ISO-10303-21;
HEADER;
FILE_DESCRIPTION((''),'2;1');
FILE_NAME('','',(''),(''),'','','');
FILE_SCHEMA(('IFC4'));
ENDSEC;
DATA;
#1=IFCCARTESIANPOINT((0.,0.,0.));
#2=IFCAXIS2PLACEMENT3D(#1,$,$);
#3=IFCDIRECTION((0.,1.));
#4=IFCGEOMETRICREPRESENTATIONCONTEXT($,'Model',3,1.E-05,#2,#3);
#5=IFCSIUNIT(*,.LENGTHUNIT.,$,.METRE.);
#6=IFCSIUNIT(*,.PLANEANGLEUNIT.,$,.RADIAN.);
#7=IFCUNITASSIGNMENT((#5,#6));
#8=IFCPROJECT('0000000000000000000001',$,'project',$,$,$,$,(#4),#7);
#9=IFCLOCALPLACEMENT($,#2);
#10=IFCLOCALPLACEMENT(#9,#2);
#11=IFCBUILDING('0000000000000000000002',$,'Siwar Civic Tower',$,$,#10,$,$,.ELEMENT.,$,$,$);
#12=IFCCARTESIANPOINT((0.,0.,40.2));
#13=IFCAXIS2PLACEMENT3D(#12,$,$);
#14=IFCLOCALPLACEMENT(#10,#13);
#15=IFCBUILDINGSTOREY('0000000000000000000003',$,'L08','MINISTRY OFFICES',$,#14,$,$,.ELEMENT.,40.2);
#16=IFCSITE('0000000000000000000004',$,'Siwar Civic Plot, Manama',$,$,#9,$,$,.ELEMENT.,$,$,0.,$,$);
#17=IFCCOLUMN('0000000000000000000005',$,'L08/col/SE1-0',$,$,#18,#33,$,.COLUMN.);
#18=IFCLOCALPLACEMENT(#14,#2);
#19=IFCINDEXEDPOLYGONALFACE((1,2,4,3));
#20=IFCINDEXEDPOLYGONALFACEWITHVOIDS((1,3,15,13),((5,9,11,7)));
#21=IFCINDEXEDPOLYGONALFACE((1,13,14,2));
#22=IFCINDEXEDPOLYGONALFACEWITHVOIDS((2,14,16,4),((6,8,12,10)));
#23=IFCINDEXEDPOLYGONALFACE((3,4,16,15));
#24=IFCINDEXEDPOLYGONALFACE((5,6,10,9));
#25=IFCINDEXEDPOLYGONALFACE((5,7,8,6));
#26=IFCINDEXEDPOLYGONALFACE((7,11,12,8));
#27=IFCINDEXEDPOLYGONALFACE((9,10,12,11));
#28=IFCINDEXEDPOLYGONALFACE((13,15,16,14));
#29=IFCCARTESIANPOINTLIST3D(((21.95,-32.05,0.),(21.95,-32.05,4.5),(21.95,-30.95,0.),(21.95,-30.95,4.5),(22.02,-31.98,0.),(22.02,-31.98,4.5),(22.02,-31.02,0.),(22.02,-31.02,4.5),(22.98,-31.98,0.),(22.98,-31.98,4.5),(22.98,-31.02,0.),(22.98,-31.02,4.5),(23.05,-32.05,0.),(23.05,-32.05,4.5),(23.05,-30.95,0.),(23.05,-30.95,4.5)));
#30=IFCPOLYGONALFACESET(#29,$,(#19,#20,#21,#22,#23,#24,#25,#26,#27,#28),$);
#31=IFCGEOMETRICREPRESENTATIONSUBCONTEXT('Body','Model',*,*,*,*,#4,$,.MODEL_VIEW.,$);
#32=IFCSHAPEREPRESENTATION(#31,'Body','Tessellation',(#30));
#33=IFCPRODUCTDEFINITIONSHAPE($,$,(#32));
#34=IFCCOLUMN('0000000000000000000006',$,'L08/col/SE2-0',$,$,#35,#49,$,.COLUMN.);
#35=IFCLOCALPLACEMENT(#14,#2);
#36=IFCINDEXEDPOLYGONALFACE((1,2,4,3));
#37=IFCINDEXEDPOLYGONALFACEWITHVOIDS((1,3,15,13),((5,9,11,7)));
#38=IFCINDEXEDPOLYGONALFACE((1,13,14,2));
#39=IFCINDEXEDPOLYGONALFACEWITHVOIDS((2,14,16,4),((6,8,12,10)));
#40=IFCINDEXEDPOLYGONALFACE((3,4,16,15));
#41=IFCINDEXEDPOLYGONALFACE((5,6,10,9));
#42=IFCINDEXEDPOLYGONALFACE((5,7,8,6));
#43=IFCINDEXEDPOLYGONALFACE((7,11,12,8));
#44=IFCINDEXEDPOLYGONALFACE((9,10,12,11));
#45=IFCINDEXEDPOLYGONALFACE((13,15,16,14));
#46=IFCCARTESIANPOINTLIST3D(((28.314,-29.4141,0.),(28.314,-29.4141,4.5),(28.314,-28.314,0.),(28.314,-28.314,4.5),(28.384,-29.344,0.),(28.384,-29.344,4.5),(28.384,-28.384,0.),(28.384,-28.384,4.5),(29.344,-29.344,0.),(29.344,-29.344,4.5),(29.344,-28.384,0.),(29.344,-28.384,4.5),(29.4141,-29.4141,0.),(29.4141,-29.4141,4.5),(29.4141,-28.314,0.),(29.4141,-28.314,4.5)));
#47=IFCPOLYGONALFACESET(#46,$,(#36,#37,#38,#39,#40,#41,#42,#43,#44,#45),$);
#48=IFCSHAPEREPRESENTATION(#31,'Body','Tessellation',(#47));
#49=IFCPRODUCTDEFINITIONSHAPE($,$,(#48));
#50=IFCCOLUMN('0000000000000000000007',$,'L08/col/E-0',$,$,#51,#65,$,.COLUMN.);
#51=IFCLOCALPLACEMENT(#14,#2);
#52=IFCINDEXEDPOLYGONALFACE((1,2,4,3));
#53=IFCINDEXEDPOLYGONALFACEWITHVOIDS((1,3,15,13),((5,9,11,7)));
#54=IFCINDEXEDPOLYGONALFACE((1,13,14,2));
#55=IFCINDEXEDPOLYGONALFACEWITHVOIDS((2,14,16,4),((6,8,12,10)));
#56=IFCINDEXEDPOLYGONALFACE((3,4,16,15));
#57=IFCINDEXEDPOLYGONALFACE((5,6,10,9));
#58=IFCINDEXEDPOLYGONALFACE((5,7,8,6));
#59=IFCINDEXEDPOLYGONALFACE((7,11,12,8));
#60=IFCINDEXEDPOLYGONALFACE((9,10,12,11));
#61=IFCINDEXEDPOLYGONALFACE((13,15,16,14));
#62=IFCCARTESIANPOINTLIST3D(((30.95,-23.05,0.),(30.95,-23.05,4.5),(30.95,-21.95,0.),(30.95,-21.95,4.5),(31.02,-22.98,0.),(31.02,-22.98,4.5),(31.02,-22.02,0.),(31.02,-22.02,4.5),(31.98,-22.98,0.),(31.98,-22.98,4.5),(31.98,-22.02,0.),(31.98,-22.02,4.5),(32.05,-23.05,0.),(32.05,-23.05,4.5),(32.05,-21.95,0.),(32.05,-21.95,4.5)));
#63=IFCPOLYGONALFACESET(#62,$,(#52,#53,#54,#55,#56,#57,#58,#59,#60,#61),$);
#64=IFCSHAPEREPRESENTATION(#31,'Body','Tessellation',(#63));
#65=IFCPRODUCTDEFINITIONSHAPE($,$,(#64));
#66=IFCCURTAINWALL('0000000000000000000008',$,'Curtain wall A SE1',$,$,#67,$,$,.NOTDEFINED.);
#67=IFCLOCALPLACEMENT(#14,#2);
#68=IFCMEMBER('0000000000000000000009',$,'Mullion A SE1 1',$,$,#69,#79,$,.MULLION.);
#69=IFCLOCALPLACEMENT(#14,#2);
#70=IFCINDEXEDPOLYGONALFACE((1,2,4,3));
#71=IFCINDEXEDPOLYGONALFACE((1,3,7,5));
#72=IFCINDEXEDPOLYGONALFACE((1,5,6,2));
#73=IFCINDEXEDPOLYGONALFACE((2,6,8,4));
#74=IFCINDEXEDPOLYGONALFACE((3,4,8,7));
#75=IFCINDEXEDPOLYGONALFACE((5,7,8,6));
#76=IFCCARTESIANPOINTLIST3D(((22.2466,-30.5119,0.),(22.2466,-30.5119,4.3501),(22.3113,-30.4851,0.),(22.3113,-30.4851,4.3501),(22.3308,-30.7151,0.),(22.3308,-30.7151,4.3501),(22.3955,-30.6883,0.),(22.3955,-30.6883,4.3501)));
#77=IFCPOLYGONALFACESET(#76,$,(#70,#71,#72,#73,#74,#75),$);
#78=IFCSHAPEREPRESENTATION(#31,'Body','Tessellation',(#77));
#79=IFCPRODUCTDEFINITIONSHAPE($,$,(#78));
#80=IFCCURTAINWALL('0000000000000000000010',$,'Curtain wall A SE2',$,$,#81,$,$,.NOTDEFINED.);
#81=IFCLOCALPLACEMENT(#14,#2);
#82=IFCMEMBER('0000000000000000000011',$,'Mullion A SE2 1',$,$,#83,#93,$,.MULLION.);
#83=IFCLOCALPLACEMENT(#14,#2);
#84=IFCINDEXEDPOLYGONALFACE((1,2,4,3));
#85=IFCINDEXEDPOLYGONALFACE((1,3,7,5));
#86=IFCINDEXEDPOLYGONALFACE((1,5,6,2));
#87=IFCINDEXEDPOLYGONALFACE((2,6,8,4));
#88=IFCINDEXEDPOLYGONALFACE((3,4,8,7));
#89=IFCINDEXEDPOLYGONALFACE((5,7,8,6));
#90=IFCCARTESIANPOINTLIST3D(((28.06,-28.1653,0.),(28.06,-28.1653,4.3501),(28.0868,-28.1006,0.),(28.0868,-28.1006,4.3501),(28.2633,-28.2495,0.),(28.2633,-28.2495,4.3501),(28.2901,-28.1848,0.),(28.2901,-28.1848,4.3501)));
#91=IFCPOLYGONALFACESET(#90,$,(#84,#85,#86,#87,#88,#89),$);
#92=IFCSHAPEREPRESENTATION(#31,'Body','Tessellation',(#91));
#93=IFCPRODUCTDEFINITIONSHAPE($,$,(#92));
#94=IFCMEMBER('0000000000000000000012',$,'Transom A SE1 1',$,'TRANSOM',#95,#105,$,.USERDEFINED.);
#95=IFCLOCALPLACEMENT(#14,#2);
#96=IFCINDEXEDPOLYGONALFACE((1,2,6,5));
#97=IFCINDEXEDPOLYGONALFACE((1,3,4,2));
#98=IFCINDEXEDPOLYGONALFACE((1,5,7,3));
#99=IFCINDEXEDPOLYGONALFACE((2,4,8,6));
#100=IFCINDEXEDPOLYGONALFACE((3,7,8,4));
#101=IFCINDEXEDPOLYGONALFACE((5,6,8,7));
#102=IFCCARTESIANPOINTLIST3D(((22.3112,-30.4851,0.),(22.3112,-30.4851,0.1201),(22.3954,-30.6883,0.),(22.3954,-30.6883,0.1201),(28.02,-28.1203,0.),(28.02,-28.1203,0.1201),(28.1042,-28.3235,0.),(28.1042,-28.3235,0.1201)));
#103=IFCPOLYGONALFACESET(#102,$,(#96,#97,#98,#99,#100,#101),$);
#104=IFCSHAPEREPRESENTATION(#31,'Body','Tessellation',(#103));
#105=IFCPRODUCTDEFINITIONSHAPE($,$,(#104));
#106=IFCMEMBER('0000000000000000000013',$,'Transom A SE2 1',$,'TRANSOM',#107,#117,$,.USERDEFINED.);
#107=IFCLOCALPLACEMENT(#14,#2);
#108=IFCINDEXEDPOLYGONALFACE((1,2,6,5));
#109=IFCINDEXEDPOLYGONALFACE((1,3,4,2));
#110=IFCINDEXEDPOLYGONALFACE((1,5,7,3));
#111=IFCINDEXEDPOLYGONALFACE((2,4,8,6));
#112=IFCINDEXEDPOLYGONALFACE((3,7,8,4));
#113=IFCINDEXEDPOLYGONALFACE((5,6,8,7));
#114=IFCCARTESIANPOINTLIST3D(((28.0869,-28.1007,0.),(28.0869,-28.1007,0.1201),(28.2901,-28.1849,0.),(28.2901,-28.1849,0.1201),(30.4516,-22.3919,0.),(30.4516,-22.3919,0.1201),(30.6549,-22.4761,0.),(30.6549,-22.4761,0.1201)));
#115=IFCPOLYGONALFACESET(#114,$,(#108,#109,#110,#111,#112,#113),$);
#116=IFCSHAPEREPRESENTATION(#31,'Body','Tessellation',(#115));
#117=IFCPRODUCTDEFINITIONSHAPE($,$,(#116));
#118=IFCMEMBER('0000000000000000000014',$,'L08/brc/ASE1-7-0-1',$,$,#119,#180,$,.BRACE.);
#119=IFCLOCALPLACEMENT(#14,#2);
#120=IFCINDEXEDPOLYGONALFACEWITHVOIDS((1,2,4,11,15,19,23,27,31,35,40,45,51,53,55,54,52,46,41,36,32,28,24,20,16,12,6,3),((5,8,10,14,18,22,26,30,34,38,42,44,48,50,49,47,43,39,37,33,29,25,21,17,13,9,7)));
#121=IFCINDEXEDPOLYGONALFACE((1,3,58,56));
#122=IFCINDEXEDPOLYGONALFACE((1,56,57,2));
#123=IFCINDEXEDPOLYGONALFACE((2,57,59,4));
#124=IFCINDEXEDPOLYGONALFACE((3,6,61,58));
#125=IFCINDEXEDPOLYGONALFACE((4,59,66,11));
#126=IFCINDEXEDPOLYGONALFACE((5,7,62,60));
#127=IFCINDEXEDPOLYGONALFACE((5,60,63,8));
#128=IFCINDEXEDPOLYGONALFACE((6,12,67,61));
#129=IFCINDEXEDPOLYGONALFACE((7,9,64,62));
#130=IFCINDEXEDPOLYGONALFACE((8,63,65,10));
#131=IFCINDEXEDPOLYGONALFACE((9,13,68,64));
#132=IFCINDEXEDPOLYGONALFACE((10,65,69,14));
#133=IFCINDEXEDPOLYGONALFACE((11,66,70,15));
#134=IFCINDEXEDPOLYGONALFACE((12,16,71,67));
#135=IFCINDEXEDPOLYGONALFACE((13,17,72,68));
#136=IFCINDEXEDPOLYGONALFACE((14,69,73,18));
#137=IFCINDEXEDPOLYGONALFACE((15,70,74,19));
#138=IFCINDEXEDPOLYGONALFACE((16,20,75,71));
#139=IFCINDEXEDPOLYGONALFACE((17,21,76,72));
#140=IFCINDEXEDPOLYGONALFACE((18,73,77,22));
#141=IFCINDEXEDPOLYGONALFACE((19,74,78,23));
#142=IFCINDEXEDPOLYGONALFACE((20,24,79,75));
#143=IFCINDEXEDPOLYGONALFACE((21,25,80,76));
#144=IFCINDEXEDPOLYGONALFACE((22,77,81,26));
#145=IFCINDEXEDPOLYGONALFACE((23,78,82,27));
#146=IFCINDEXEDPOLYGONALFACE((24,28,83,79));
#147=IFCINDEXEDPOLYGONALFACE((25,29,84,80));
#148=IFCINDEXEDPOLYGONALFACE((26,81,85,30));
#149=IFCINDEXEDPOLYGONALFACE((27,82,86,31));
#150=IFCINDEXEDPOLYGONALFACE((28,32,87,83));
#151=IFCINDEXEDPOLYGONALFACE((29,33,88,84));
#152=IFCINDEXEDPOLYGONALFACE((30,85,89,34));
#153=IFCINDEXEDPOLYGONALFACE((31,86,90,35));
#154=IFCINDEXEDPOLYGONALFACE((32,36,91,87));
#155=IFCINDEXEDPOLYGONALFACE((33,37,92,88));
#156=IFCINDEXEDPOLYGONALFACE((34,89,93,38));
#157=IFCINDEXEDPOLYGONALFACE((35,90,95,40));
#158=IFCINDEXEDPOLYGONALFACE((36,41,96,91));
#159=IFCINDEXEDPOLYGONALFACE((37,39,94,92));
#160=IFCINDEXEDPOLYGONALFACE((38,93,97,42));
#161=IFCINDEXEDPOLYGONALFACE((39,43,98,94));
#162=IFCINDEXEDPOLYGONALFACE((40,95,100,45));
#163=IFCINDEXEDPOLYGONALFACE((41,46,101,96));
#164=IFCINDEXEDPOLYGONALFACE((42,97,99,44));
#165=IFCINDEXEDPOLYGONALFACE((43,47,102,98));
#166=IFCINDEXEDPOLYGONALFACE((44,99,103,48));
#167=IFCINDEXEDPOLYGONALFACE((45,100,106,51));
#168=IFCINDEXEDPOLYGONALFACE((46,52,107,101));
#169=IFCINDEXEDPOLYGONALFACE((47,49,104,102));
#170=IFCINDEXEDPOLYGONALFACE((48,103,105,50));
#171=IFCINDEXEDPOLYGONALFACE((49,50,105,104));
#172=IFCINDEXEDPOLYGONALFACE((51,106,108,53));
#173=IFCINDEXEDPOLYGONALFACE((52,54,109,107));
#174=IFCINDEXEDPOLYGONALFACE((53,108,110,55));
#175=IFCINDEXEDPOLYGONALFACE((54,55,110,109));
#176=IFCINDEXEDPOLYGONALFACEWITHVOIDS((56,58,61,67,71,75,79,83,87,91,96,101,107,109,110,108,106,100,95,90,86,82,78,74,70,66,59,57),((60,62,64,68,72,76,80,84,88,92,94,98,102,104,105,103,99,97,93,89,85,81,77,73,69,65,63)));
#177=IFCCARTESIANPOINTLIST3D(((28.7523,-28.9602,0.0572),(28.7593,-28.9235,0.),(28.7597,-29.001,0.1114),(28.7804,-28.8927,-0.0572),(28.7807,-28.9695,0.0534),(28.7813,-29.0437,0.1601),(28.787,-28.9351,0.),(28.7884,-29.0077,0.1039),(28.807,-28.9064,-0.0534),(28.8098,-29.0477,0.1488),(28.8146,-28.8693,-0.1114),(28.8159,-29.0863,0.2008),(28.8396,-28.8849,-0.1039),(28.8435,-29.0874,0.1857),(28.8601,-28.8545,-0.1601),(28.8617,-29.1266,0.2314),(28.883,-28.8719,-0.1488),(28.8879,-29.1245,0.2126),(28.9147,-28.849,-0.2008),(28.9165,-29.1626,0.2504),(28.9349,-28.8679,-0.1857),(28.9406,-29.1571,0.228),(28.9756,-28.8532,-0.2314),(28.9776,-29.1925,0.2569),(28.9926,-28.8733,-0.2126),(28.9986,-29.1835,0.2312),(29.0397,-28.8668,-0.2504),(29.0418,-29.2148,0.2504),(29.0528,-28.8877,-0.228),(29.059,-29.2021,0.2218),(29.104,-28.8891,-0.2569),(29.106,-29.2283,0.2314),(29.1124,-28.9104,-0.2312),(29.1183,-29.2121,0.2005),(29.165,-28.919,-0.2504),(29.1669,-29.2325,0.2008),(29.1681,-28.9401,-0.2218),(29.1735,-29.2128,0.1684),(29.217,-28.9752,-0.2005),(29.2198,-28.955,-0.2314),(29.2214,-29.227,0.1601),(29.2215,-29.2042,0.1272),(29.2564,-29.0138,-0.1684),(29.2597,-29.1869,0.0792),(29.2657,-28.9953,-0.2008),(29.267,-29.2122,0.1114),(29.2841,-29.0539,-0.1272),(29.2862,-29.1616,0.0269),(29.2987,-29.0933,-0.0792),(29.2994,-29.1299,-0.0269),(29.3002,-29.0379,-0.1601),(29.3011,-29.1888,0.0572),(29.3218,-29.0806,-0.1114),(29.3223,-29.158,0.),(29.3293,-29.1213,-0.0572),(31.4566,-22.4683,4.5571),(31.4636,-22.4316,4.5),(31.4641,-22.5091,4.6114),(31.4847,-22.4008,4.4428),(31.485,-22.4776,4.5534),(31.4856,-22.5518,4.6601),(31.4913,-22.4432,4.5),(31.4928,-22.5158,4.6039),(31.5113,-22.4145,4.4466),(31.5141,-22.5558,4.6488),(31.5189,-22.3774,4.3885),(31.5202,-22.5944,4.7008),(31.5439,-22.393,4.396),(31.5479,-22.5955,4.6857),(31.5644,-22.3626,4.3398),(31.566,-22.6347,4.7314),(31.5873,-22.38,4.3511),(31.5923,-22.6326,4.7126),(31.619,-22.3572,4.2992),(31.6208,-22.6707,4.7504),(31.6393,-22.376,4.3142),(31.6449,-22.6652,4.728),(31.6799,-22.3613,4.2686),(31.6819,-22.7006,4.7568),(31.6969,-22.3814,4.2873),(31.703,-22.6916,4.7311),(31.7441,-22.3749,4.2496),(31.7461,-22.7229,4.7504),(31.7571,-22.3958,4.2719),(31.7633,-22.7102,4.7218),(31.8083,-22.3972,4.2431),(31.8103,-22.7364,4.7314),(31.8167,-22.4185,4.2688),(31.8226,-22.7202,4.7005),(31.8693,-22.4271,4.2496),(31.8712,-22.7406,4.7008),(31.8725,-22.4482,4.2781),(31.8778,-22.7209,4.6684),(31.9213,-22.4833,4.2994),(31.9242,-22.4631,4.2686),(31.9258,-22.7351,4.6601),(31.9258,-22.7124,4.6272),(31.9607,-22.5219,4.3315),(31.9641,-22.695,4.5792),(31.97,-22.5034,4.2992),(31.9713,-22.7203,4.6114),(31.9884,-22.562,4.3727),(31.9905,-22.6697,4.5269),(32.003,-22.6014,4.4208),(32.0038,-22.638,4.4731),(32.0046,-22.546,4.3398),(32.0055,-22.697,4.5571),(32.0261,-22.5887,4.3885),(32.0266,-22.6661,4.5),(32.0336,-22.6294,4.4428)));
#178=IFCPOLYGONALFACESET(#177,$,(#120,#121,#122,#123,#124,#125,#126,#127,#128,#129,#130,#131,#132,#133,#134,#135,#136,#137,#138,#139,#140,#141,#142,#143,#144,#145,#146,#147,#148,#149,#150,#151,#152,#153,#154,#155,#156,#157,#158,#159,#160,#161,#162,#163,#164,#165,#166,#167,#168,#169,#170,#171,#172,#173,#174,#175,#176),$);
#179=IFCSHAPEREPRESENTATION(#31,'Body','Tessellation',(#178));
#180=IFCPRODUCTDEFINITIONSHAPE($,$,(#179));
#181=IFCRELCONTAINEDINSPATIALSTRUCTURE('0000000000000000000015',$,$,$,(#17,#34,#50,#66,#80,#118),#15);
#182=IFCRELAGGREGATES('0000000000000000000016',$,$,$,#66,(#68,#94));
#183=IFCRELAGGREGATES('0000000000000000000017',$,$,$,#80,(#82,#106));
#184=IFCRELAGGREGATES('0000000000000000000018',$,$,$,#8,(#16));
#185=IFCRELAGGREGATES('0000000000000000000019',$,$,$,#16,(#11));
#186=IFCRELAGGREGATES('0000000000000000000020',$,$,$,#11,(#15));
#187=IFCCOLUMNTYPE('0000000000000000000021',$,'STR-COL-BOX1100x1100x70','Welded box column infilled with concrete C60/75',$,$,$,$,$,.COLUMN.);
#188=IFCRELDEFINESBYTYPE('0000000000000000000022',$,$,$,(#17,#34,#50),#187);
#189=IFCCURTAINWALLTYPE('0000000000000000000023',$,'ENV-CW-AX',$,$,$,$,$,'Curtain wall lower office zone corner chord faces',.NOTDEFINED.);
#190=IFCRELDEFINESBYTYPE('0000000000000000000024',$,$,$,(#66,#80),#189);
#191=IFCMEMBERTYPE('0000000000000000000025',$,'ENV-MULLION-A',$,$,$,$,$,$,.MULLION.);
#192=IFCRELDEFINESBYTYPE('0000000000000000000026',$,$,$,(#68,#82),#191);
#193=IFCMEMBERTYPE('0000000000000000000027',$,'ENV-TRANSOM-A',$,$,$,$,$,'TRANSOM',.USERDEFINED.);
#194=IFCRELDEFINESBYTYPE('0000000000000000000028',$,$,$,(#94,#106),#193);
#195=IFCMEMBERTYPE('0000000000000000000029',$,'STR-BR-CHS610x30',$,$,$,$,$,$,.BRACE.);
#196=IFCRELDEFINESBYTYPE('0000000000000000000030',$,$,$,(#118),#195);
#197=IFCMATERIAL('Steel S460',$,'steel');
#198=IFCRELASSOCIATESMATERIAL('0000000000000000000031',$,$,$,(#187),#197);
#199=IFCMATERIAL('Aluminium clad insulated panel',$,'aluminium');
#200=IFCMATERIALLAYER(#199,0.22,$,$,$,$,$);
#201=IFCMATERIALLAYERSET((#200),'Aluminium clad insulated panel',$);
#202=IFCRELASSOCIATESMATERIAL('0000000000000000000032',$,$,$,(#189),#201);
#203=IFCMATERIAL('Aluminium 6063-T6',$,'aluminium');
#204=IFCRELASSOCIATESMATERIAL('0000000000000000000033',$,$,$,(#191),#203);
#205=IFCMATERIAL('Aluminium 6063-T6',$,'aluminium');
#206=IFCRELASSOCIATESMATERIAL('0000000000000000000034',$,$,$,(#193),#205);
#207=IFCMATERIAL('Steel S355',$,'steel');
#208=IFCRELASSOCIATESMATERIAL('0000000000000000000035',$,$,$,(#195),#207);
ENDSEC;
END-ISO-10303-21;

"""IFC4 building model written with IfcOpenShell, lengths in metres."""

from ifc_helpers import new_model, si_unit, direction, frame, origin, origin_2d, place, context, subcontext, project, spatial, rectangle, hollow_rectangle, hollow_circle, extrude, material, layer, layer_set, material_profile, profile_set, type_object, element, aggregate, save


model = new_model("IFC4")

# Units and contexts
model_context = context("Model", 3, precision=1e-05, world=origin(), true_north=direction((0.0, 1.0)))
body_context = subcontext(model_context, "Body", "Model", "MODEL_VIEW")
ifc_project = project(units=[si_unit("LENGTHUNIT", "METRE"), si_unit("PLANEANGLEUNIT", "RADIAN")], contexts=[model_context])

# Site, building, storey
site_placement = place(None, origin())
site = spatial("IfcSite", under=ifc_project, at=site_placement, Name="Siwar Civic Plot, Manama", CompositionType="ELEMENT", RefElevation=0.0)
building_placement = place(site_placement, origin())
building = spatial("IfcBuilding", under=site, at=building_placement, Name="Siwar Civic Tower", CompositionType="ELEMENT")
storey_placement = place(building_placement, frame((0.0, 0.0, 40.2)))
storey = spatial("IfcBuildingStorey", under=building, at=storey_placement, Name="L08", Description="MINISTRY OFFICES", CompositionType="ELEMENT", Elevation=40.2)

# Columns
ifc_material_1 = material(Name="Steel S460", Category="steel")
ifc_material_profile_1 = material_profile(ifc_material_1, hollow_rectangle(XDim=1.1001, YDim=1.1001, WallThickness=0.0701, at=origin_2d()), Name="BOX1100x1100x70")
ifc_profile_set_1 = profile_set([ifc_material_profile_1], Name="Steel S460")
column_type = type_object("IfcColumnType", Name="STR-COL-BOX1100x1100x70", Description="Welded box column infilled with concrete C60/75", PredefinedType="COLUMN", material=ifc_profile_set_1)
for number, where, z_axis, x_axis, name in (
    (1, (22.5, -31.5, 0.0), (0.0, 0.0, 1.0), (1.0, 0.0, 0.0), "L08/col/SE1-0"),
    (2, (28.864, -28.864, 0.0), (0.0, 0.0, 1.0), (1.0, 0.0, 0.0), "L08/col/SE2-0"),
    (3, (31.5, -22.5, 0.0), (0.0, 0.0, 1.0), (1.0, 0.0, 0.0), "L08/col/E-0"),
):
    element("IfcColumn", number, at=place(storey_placement, frame(where, z_axis=z_axis, x_axis=x_axis)), inside=storey, type_object=column_type, Name=name, PredefinedType="COLUMN", context=body_context, shape_type="SweptSolid", body=[
        extrude(hollow_rectangle(XDim=1.1001, YDim=1.1001, WallThickness=0.0701, at=origin_2d()), origin(), (0.0, 0.0, 1.0), 4.5),
    ])

# Curtain walls, members
ifc_material_2 = material(Name="Aluminium clad insulated panel", Category="aluminium")
ifc_layer_1 = layer(ifc_material_2, 0.22)
ifc_layer_set_1 = layer_set([ifc_layer_1], Name="Aluminium clad insulated panel")
curtain_wall_type_1 = type_object("IfcCurtainWallType", Name="ENV-CW-AX", ElementType="Curtain wall lower office zone corner chord faces", PredefinedType="NOTDEFINED", material=ifc_layer_set_1)
curtain_wall_1_placement = place(storey_placement, origin())
curtain_wall_1 = element("IfcCurtainWall", 4, at=curtain_wall_1_placement, inside=storey, type_object=curtain_wall_type_1, Name="Curtain wall A SE1", PredefinedType="NOTDEFINED")
ifc_material_3 = material(Name="Aluminium 6063-T6", Category="aluminium")
ifc_material_profile_2 = material_profile(ifc_material_3, rectangle(XDim=0.22, YDim=0.0701, at=origin_2d()), Name="AL 220x70")
ifc_profile_set_2 = profile_set([ifc_material_profile_2], Name="Aluminium 6063-T6")
member_type_1 = type_object("IfcMemberType", Name="ENV-MULLION-A", PredefinedType="MULLION", material=ifc_profile_set_2)
member_1_placement = place(storey_placement, frame((22.321, -30.6001, 0.0), z_axis=(0.0, 0.0, 1.0), x_axis=(-0.382683, 0.92388, 0.0)))
member_1 = element("IfcMember", 5, at=member_1_placement, type_object=member_type_1, Name="Mullion A SE1 1", PredefinedType="MULLION", context=body_context, shape_type="SweptSolid", body=[
    extrude(rectangle(XDim=0.22, YDim=0.0701, at=origin_2d()), origin(), (0.0, 0.0, 1.0), 4.3501),
])
curtain_wall_2_placement = place(storey_placement, origin())
curtain_wall_2 = element("IfcCurtainWall", 6, at=curtain_wall_2_placement, inside=storey, type_object=curtain_wall_type_1, Name="Curtain wall A SE2", PredefinedType="NOTDEFINED")
member_2_placement = place(storey_placement, frame((28.175, -28.175, 0.0), z_axis=(0.0, 0.0, 1.0), x_axis=(-0.92388, 0.382683, 0.0)))
member_2 = element("IfcMember", 7, at=member_2_placement, type_object=member_type_1, Name="Mullion A SE2 1", PredefinedType="MULLION", context=body_context, shape_type="SweptSolid", body=[
    extrude(rectangle(XDim=0.22, YDim=0.0701, at=origin_2d()), origin(), (0.0, 0.0, 1.0), 4.3501),
])

# Members
ifc_material_4 = material(Name="Aluminium 6063-T6", Category="aluminium")
ifc_material_profile_3 = material_profile(ifc_material_4, rectangle(XDim=0.22, YDim=0.1201, at=origin_2d()), Name="AL 220x120")
ifc_profile_set_3 = profile_set([ifc_material_profile_3], Name="Aluminium 6063-T6")
member_type_2 = type_object("IfcMemberType", Name="ENV-TRANSOM-A", ElementType="TRANSOM", PredefinedType="USERDEFINED", material=ifc_profile_set_3)
member_3_placement = place(storey_placement, frame((22.3533, -30.5867, 0.0601), z_axis=(0.923873, 0.382698, 0.0), x_axis=(-0.382698, 0.923873, 0.0)))
member_3 = element("IfcMember", 8, at=member_3_placement, type_object=member_type_2, Name="Transom A SE1 1", ObjectType="TRANSOM", PredefinedType="USERDEFINED", context=body_context, shape_type="SweptSolid", body=[
    extrude(rectangle(XDim=0.22, YDim=0.1201, at=origin_2d()), origin(), (0.0, 0.0, 1.0), 6.1792),
])
member_4_placement = place(storey_placement, frame((28.1885, -28.1428, 0.0601), z_axis=(0.382698, 0.923873, 0.0), x_axis=(-0.923873, 0.382698, 0.0)))
member_4 = element("IfcMember", 9, at=member_4_placement, type_object=member_type_2, Name="Transom A SE2 1", ObjectType="TRANSOM", PredefinedType="USERDEFINED", context=body_context, shape_type="SweptSolid", body=[
    extrude(rectangle(XDim=0.22, YDim=0.1201, at=origin_2d()), origin(), (0.0, 0.0, 1.0), 6.1792),
])

# Member
ifc_material_5 = material(Name="Steel S355", Category="steel")
ifc_material_profile_4 = material_profile(ifc_material_5, hollow_circle(Radius=0.3049, WallThickness=0.03, at=origin_2d()), Name="CHS610x30")
ifc_profile_set_4 = profile_set([ifc_material_profile_4], Name="Steel S355")
member_type_3 = type_object("IfcMemberType", Name="STR-BR-CHS610x30", PredefinedType="BRACE", material=ifc_profile_set_4)
member_5_placement = place(storey_placement, frame((29.0408, -29.0408, 0.0), z_axis=(0.323906, 0.777555, 0.538975), x_axis=(-0.923109, 0.384539, 0.0)))
element("IfcMember", 10, at=member_5_placement, inside=storey, type_object=member_type_3, Name="L08/brc/ASE1-7-0-1", PredefinedType="BRACE", context=body_context, shape_type="SweptSolid", body=[
    extrude(hollow_circle(Radius=0.3049, WallThickness=0.03, at=origin_2d()), origin(), (0.0, 0.0, 1.0), 8.3491),
])

aggregate(curtain_wall_1, [member_1, member_3])
aggregate(curtain_wall_2, [member_2, member_4])

save(model, "model.ifc")
